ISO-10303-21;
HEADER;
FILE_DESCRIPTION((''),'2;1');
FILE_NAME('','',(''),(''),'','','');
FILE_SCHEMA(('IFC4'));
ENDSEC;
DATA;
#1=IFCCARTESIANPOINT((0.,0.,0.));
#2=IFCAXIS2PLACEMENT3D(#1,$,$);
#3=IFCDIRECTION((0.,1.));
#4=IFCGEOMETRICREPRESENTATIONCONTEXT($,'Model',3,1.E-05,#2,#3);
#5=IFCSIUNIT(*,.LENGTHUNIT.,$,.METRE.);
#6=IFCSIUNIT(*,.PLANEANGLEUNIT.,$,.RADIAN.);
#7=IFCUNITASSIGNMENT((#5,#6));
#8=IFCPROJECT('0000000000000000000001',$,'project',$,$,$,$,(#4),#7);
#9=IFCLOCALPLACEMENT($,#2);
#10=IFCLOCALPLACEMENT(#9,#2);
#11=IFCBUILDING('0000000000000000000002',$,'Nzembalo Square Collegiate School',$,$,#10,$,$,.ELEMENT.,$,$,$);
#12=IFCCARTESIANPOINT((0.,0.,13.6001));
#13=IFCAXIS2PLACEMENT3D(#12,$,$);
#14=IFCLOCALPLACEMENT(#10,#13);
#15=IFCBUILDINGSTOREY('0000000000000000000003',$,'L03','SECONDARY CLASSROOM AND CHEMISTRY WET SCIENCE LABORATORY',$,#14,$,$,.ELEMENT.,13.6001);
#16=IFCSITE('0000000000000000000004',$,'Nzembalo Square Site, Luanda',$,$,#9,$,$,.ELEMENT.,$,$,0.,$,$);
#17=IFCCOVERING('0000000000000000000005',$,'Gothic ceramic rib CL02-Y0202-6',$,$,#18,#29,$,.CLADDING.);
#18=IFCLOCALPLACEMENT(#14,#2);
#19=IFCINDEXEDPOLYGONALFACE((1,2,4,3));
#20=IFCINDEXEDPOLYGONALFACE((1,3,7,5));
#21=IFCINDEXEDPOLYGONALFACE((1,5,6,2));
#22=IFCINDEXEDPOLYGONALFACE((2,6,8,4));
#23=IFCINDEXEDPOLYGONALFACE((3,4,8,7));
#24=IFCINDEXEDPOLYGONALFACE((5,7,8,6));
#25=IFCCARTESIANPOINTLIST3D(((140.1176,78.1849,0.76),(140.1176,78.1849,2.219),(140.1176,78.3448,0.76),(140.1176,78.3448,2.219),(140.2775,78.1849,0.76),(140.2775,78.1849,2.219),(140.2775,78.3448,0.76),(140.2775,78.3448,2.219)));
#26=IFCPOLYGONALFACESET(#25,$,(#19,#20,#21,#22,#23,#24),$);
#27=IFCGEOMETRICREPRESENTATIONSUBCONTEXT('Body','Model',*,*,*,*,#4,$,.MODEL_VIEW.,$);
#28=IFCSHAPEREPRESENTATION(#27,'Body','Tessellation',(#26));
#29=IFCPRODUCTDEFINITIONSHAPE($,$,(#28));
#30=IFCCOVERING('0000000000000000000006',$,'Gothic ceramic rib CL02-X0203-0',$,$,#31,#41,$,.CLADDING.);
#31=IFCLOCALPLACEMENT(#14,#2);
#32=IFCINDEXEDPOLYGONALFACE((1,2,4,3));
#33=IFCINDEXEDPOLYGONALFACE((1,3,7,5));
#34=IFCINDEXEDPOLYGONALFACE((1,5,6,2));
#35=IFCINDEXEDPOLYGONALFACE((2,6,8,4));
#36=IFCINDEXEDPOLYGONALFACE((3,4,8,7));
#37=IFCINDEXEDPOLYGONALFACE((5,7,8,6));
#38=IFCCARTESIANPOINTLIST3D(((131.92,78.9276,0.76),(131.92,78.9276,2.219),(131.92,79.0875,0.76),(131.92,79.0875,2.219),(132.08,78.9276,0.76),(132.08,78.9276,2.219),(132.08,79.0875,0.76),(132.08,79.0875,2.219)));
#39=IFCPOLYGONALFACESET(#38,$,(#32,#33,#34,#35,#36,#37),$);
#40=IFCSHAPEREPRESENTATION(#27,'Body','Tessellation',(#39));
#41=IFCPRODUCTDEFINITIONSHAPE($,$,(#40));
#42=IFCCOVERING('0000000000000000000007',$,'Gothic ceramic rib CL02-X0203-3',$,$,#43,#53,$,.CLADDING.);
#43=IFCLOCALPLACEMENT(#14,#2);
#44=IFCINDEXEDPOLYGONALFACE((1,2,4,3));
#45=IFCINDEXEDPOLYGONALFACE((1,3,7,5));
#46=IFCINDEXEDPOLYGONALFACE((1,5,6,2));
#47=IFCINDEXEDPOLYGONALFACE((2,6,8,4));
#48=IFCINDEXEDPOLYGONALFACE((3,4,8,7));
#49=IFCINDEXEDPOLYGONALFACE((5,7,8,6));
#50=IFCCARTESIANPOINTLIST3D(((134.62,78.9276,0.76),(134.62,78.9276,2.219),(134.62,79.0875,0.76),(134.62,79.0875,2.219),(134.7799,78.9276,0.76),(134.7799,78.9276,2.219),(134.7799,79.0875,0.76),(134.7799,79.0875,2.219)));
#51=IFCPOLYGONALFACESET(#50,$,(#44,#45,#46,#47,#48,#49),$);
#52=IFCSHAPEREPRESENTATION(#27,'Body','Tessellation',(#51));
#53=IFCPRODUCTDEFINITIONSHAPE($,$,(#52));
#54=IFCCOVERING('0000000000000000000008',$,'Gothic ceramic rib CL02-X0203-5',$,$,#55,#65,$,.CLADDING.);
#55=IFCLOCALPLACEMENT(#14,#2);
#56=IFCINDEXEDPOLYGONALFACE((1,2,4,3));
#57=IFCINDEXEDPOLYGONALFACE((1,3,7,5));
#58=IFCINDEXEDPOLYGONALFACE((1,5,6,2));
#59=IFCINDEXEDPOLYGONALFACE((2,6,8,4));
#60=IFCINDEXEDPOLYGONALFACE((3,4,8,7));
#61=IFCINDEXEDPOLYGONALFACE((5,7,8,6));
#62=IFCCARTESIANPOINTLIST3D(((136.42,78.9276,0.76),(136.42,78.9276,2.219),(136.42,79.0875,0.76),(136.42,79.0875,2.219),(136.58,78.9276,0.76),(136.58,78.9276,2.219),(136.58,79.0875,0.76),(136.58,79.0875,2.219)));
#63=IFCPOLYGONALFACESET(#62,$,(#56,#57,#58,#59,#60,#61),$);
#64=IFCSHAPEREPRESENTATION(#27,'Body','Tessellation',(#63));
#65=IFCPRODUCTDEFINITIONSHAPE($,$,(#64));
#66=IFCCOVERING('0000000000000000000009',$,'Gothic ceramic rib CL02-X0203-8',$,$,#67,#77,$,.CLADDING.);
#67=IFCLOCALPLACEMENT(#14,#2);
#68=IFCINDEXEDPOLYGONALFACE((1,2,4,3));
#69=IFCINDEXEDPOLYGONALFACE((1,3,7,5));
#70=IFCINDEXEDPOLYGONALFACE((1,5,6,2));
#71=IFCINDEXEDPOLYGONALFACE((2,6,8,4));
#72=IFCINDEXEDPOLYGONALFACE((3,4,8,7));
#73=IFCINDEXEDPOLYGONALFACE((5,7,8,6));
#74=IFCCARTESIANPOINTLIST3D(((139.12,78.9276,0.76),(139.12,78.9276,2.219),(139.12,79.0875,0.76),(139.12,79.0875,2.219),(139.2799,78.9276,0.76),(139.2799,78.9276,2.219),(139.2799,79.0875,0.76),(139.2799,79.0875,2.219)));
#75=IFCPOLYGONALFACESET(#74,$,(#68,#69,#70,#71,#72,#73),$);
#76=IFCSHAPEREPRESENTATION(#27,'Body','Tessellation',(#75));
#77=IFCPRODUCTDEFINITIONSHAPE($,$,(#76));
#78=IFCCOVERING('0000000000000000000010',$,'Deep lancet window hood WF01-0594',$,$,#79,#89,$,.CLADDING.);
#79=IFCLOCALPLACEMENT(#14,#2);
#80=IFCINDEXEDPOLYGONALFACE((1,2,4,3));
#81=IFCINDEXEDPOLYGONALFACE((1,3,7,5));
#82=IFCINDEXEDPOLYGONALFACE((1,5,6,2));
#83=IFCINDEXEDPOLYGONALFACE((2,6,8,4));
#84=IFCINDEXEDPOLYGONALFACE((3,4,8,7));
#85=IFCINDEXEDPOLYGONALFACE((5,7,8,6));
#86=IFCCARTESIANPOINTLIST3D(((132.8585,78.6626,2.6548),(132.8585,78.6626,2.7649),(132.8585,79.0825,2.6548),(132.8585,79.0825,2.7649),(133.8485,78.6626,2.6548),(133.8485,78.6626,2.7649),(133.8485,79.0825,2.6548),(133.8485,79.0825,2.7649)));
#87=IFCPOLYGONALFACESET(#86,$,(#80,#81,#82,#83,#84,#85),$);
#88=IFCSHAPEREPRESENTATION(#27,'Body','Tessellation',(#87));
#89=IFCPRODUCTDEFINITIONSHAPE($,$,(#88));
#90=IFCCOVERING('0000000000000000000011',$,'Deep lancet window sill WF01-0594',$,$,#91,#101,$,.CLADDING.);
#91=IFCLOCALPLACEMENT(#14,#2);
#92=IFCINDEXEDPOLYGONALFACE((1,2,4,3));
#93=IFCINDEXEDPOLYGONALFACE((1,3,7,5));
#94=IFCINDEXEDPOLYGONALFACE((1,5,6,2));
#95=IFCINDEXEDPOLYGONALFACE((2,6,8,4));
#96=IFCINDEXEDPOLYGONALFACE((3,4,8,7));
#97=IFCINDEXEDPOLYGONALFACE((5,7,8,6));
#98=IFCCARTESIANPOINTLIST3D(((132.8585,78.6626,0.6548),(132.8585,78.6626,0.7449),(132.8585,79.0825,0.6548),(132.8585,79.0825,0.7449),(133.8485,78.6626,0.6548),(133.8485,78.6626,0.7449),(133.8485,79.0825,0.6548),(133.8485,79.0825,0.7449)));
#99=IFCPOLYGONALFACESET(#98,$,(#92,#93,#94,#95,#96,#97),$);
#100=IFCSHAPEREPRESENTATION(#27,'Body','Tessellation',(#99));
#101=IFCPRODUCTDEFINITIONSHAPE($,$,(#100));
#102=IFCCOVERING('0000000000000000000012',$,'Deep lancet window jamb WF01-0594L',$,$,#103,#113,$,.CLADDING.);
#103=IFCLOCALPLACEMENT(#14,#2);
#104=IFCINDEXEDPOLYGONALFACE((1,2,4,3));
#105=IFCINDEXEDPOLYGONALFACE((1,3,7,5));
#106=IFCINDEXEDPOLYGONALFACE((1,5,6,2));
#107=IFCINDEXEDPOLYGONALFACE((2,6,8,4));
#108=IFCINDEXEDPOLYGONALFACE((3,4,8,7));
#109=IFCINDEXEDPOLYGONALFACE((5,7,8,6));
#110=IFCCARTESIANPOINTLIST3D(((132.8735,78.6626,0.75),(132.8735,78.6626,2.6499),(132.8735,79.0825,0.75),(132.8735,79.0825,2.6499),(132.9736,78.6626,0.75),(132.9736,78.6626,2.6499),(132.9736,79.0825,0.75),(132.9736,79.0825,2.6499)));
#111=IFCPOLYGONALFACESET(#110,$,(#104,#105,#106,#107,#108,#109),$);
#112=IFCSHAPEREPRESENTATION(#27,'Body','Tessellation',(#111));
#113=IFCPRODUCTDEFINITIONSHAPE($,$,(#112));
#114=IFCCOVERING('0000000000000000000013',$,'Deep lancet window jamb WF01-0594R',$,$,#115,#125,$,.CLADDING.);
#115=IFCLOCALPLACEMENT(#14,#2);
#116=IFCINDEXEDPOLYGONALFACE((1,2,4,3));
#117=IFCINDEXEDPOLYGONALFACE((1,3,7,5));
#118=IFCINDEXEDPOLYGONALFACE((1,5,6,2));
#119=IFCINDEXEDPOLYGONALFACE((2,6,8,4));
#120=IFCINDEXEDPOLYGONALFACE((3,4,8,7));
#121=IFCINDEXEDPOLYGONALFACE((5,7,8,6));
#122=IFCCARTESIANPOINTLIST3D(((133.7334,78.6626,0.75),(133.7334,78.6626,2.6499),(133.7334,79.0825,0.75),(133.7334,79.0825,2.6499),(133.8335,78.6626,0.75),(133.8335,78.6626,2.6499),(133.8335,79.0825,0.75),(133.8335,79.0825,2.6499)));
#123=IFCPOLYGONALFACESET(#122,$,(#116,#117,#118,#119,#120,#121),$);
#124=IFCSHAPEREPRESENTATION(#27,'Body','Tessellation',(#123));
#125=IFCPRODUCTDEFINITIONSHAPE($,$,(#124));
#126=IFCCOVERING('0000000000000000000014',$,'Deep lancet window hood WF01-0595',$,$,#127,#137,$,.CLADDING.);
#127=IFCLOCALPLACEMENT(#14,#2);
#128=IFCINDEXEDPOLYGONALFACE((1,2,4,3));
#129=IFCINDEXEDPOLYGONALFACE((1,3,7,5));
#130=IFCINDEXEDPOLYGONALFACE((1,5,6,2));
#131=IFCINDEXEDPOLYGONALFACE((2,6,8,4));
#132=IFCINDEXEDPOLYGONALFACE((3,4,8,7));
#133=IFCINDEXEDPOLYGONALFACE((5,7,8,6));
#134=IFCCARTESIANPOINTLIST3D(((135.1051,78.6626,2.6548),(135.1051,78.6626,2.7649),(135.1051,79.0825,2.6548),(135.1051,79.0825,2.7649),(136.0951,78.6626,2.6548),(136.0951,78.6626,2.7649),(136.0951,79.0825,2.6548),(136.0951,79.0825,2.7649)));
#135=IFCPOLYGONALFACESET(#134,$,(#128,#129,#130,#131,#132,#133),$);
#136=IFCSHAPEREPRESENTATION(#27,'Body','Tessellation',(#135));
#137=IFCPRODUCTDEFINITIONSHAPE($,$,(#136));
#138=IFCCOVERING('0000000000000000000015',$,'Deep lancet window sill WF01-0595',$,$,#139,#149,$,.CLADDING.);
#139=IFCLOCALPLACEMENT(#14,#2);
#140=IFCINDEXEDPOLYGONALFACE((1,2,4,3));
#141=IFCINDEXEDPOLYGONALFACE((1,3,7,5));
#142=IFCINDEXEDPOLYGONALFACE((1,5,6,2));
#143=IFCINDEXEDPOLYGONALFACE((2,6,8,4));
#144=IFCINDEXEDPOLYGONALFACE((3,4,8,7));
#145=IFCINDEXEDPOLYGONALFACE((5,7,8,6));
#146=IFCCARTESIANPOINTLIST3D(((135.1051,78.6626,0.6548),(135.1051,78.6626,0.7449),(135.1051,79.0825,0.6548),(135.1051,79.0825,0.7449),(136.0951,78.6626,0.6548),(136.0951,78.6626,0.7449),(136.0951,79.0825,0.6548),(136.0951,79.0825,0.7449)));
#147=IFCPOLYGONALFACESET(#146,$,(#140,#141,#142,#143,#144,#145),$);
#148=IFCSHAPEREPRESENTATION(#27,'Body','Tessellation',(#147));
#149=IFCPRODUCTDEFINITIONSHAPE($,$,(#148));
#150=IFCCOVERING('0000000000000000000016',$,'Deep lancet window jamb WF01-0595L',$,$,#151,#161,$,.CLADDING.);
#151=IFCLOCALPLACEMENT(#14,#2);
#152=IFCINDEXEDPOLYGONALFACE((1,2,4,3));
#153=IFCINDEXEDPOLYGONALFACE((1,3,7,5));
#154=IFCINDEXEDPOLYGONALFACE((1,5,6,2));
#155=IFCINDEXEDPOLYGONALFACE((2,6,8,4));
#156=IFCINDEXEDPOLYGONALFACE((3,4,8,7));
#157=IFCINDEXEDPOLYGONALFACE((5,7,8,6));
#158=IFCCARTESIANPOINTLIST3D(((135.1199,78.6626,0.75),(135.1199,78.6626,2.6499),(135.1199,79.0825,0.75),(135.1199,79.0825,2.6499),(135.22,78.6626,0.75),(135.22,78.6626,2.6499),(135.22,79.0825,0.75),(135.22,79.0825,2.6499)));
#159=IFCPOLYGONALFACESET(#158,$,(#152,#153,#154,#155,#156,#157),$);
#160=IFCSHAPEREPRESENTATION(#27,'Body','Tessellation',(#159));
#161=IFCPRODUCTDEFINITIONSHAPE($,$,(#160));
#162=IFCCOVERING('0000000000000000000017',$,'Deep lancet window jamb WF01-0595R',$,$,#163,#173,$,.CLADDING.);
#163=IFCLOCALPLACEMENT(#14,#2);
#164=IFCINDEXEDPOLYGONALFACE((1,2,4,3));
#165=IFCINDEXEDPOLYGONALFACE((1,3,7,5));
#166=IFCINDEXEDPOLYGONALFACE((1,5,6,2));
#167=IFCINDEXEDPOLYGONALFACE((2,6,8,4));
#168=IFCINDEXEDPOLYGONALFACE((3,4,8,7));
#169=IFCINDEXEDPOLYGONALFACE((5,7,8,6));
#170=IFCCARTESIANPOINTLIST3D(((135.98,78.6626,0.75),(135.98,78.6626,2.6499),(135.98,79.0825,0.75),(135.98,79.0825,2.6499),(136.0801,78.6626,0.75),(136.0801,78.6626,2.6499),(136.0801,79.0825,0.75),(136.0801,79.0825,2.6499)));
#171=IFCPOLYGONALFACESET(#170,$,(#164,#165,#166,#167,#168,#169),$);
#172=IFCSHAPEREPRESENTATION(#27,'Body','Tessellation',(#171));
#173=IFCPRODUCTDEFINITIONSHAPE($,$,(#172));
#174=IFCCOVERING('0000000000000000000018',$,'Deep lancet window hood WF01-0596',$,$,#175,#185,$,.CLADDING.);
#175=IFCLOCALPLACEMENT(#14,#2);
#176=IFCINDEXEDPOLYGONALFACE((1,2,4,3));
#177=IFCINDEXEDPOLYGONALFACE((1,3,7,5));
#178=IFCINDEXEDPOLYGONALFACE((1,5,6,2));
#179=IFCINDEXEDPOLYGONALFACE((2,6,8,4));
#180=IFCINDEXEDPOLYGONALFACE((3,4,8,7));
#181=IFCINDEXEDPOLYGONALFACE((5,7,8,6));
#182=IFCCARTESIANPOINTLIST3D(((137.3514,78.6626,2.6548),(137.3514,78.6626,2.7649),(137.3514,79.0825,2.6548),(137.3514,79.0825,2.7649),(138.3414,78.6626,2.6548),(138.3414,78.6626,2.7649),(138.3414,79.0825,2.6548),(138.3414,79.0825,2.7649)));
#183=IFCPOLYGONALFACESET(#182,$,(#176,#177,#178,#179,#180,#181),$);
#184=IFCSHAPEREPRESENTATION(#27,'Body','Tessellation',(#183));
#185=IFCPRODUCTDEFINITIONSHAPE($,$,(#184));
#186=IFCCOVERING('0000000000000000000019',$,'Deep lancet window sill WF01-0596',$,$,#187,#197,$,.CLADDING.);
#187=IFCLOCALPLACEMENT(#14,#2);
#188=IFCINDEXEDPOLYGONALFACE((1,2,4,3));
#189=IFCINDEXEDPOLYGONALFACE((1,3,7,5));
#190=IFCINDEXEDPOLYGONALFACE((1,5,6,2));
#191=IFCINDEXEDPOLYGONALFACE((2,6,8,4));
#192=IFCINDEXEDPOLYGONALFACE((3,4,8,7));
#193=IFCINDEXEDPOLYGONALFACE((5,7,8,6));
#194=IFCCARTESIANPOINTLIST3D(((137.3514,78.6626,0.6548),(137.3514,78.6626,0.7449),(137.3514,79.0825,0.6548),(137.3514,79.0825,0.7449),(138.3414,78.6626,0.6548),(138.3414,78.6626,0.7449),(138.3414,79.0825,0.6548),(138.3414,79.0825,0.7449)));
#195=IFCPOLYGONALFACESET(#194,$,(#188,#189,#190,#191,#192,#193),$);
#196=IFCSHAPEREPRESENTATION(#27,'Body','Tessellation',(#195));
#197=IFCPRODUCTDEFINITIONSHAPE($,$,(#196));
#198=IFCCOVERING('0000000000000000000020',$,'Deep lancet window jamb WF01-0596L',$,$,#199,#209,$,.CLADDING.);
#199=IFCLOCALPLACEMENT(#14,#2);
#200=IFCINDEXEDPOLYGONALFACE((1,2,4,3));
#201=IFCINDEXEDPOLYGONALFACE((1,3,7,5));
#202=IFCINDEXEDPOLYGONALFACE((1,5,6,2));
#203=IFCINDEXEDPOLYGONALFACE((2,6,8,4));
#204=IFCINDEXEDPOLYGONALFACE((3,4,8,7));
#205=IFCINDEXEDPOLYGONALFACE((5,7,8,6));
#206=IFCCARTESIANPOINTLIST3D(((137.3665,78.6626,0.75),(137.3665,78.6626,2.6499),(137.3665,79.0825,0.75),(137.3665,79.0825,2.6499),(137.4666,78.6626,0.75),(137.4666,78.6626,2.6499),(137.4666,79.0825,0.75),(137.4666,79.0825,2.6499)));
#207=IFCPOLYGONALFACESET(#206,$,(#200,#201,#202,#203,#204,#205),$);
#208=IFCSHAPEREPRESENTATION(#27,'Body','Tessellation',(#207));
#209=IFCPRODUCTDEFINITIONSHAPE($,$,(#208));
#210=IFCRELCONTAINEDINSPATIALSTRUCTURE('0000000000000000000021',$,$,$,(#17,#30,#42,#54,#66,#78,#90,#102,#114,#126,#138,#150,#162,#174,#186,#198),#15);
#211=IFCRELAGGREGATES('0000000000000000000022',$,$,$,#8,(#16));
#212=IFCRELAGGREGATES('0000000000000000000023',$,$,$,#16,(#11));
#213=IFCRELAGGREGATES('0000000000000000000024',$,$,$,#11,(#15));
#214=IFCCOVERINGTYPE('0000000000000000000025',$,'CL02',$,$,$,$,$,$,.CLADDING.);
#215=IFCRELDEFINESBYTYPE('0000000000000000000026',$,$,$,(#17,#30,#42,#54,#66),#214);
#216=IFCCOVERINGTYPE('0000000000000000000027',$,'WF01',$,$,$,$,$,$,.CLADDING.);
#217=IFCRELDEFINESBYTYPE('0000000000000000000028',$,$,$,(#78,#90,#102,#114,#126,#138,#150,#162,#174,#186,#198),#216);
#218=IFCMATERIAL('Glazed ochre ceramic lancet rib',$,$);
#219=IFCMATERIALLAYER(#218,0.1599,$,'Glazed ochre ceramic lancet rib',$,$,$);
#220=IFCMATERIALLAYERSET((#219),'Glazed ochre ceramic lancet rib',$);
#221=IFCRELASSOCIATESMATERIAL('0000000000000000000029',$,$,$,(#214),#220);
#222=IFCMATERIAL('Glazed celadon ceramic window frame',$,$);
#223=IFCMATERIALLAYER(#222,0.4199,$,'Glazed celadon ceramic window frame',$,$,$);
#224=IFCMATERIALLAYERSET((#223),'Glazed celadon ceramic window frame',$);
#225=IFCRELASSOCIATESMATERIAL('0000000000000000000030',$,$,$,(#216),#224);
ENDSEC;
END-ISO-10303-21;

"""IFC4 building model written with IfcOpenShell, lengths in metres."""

from ifc_helpers import new_model, si_unit, direction, frame, origin, origin_2d, place, context, subcontext, project, spatial, rectangle, extrude, material, layer, layer_set, type_object, element, save


model = new_model("IFC4")

# Units and contexts
model_context = context("Model", 3, precision=1e-05, world=origin(), true_north=direction((0.0, 1.0)))
body_context = subcontext(model_context, "Body", "Model", "MODEL_VIEW")
ifc_project = project(units=[si_unit("LENGTHUNIT", "METRE"), si_unit("PLANEANGLEUNIT", "RADIAN")], contexts=[model_context])

# Site, building, storey
site_placement = place(None, origin())
site = spatial("IfcSite", under=ifc_project, at=site_placement, Name="Nzembalo Square Site, Luanda", CompositionType="ELEMENT", RefElevation=0.0)
building_placement = place(site_placement, origin())
building = spatial("IfcBuilding", under=site, at=building_placement, Name="Nzembalo Square Collegiate School", CompositionType="ELEMENT")
storey_placement = place(building_placement, frame((0.0, 0.0, 13.6001)))
storey = spatial("IfcBuildingStorey", under=building, at=storey_placement, Name="L03", Description="SECONDARY CLASSROOM AND CHEMISTRY WET SCIENCE LABORATORY", CompositionType="ELEMENT", Elevation=13.6001)

# Coverings
ifc_material_1 = material(Name="Glazed ochre ceramic lancet rib")
ifc_layer_1 = layer(ifc_material_1, 0.1599, Name="Glazed ochre ceramic lancet rib")
ifc_layer_set_1 = layer_set([ifc_layer_1], Name="Glazed ochre ceramic lancet rib")
covering_type_1 = type_object("IfcCoveringType", Name="CL02", PredefinedType="CLADDING", material=ifc_layer_set_1)
for number, where, z_axis, x_axis, name in (
    (1, (140.1975, 78.2649, 0.76), (0.0, 0.0, 1.0), (1.0, 0.0, 0.0), "Gothic ceramic rib CL02-Y0202-6"),
    (2, (132.0, 79.0076, 0.76), (0.0, 0.0, 1.0), (1.0, 0.0, 0.0), "Gothic ceramic rib CL02-X0203-0"),
    (3, (134.7, 79.0076, 0.76), (0.0, 0.0, 1.0), (1.0, 0.0, 0.0), "Gothic ceramic rib CL02-X0203-3"),
    (4, (136.5, 79.0076, 0.76), (0.0, 0.0, 1.0), (1.0, 0.0, 0.0), "Gothic ceramic rib CL02-X0203-5"),
    (5, (139.2, 79.0076, 0.76), (0.0, 0.0, 1.0), (1.0, 0.0, 0.0), "Gothic ceramic rib CL02-X0203-8"),
):
    element("IfcCovering", number, at=place(storey_placement, frame(where, z_axis=z_axis, x_axis=x_axis)), inside=storey, type_object=covering_type_1, Name=name, PredefinedType="CLADDING", context=body_context, shape_type="SweptSolid", body=[
        extrude(rectangle(XDim=0.1599, YDim=0.1599, at=origin_2d()), origin(), (0.0, 0.0, 1.0), 1.459),
    ])
ifc_material_2 = material(Name="Glazed celadon ceramic window frame")
ifc_layer_2 = layer(ifc_material_2, 0.4199, Name="Glazed celadon ceramic window frame")
ifc_layer_set_2 = layer_set([ifc_layer_2], Name="Glazed celadon ceramic window frame")
covering_type_2 = type_object("IfcCoveringType", Name="WF01", PredefinedType="CLADDING", material=ifc_layer_set_2)
covering_1_placement = place(storey_placement, frame((133.3535, 78.8726, 2.6548), z_axis=(0.0, 0.0, 1.0), x_axis=(1.0, 0.0, 0.0)))
element("IfcCovering", 6, at=covering_1_placement, inside=storey, type_object=covering_type_2, Name="Deep lancet window hood WF01-0594", PredefinedType="CLADDING", context=body_context, shape_type="SweptSolid", body=[
    extrude(rectangle(XDim=0.99, YDim=0.4199, at=origin_2d()), origin(), (0.0, 0.0, 1.0), 0.1101),
])
covering_2_placement = place(storey_placement, frame((133.3535, 78.8726, 0.6548), z_axis=(0.0, 0.0, 1.0), x_axis=(1.0, 0.0, 0.0)))
element("IfcCovering", 7, at=covering_2_placement, inside=storey, type_object=covering_type_2, Name="Deep lancet window sill WF01-0594", PredefinedType="CLADDING", context=body_context, shape_type="SweptSolid", body=[
    extrude(rectangle(XDim=0.99, YDim=0.4199, at=origin_2d()), origin(), (0.0, 0.0, 1.0), 0.0901),
])
for number, where, z_axis, x_axis, name in (
    (8, (132.9236, 78.8726, 0.75), (0.0, 0.0, 1.0), (1.0, 0.0, 0.0), "Deep lancet window jamb WF01-0594L"),
    (9, (133.7834, 78.8726, 0.75), (0.0, 0.0, 1.0), (1.0, 0.0, 0.0), "Deep lancet window jamb WF01-0594R"),
):
    element("IfcCovering", number, at=place(storey_placement, frame(where, z_axis=z_axis, x_axis=x_axis)), inside=storey, type_object=covering_type_2, Name=name, PredefinedType="CLADDING", context=body_context, shape_type="SweptSolid", body=[
        extrude(rectangle(XDim=0.1001, YDim=0.4199, at=origin_2d()), origin(), (0.0, 0.0, 1.0), 1.8999),
    ])
covering_3_placement = place(storey_placement, frame((135.6001, 78.8726, 2.6548), z_axis=(0.0, 0.0, 1.0), x_axis=(1.0, 0.0, 0.0)))
element("IfcCovering", 10, at=covering_3_placement, inside=storey, type_object=covering_type_2, Name="Deep lancet window hood WF01-0595", PredefinedType="CLADDING", context=body_context, shape_type="SweptSolid", body=[
    extrude(rectangle(XDim=0.99, YDim=0.4199, at=origin_2d()), origin(), (0.0, 0.0, 1.0), 0.1101),
])
covering_4_placement = place(storey_placement, frame((135.6001, 78.8726, 0.6548), z_axis=(0.0, 0.0, 1.0), x_axis=(1.0, 0.0, 0.0)))
element("IfcCovering", 11, at=covering_4_placement, inside=storey, type_object=covering_type_2, Name="Deep lancet window sill WF01-0595", PredefinedType="CLADDING", context=body_context, shape_type="SweptSolid", body=[
    extrude(rectangle(XDim=0.99, YDim=0.4199, at=origin_2d()), origin(), (0.0, 0.0, 1.0), 0.0901),
])
for number, where, z_axis, x_axis, name in (
    (12, (135.1699, 78.8726, 0.75), (0.0, 0.0, 1.0), (1.0, 0.0, 0.0), "Deep lancet window jamb WF01-0595L"),
    (13, (136.03, 78.8726, 0.75), (0.0, 0.0, 1.0), (1.0, 0.0, 0.0), "Deep lancet window jamb WF01-0595R"),
):
    element("IfcCovering", number, at=place(storey_placement, frame(where, z_axis=z_axis, x_axis=x_axis)), inside=storey, type_object=covering_type_2, Name=name, PredefinedType="CLADDING", context=body_context, shape_type="SweptSolid", body=[
        extrude(rectangle(XDim=0.1001, YDim=0.4199, at=origin_2d()), origin(), (0.0, 0.0, 1.0), 1.8999),
    ])
covering_5_placement = place(storey_placement, frame((137.8464, 78.8726, 2.6548), z_axis=(0.0, 0.0, 1.0), x_axis=(1.0, 0.0, 0.0)))
element("IfcCovering", 14, at=covering_5_placement, inside=storey, type_object=covering_type_2, Name="Deep lancet window hood WF01-0596", PredefinedType="CLADDING", context=body_context, shape_type="SweptSolid", body=[
    extrude(rectangle(XDim=0.99, YDim=0.4199, at=origin_2d()), origin(), (0.0, 0.0, 1.0), 0.1101),
])
covering_6_placement = place(storey_placement, frame((137.8464, 78.8726, 0.6548), z_axis=(0.0, 0.0, 1.0), x_axis=(1.0, 0.0, 0.0)))
element("IfcCovering", 15, at=covering_6_placement, inside=storey, type_object=covering_type_2, Name="Deep lancet window sill WF01-0596", PredefinedType="CLADDING", context=body_context, shape_type="SweptSolid", body=[
    extrude(rectangle(XDim=0.99, YDim=0.4199, at=origin_2d()), origin(), (0.0, 0.0, 1.0), 0.0901),
])
for number, where, z_axis, x_axis, name in (
    (16, (137.4165, 78.8726, 0.75), (0.0, 0.0, 1.0), (1.0, 0.0, 0.0), "Deep lancet window jamb WF01-0596L"),
):
    element("IfcCovering", number, at=place(storey_placement, frame(where, z_axis=z_axis, x_axis=x_axis)), inside=storey, type_object=covering_type_2, Name=name, PredefinedType="CLADDING", context=body_context, shape_type="SweptSolid", body=[
        extrude(rectangle(XDim=0.1001, YDim=0.4199, at=origin_2d()), origin(), (0.0, 0.0, 1.0), 1.8999),
    ])

save(model, "model.ifc")
